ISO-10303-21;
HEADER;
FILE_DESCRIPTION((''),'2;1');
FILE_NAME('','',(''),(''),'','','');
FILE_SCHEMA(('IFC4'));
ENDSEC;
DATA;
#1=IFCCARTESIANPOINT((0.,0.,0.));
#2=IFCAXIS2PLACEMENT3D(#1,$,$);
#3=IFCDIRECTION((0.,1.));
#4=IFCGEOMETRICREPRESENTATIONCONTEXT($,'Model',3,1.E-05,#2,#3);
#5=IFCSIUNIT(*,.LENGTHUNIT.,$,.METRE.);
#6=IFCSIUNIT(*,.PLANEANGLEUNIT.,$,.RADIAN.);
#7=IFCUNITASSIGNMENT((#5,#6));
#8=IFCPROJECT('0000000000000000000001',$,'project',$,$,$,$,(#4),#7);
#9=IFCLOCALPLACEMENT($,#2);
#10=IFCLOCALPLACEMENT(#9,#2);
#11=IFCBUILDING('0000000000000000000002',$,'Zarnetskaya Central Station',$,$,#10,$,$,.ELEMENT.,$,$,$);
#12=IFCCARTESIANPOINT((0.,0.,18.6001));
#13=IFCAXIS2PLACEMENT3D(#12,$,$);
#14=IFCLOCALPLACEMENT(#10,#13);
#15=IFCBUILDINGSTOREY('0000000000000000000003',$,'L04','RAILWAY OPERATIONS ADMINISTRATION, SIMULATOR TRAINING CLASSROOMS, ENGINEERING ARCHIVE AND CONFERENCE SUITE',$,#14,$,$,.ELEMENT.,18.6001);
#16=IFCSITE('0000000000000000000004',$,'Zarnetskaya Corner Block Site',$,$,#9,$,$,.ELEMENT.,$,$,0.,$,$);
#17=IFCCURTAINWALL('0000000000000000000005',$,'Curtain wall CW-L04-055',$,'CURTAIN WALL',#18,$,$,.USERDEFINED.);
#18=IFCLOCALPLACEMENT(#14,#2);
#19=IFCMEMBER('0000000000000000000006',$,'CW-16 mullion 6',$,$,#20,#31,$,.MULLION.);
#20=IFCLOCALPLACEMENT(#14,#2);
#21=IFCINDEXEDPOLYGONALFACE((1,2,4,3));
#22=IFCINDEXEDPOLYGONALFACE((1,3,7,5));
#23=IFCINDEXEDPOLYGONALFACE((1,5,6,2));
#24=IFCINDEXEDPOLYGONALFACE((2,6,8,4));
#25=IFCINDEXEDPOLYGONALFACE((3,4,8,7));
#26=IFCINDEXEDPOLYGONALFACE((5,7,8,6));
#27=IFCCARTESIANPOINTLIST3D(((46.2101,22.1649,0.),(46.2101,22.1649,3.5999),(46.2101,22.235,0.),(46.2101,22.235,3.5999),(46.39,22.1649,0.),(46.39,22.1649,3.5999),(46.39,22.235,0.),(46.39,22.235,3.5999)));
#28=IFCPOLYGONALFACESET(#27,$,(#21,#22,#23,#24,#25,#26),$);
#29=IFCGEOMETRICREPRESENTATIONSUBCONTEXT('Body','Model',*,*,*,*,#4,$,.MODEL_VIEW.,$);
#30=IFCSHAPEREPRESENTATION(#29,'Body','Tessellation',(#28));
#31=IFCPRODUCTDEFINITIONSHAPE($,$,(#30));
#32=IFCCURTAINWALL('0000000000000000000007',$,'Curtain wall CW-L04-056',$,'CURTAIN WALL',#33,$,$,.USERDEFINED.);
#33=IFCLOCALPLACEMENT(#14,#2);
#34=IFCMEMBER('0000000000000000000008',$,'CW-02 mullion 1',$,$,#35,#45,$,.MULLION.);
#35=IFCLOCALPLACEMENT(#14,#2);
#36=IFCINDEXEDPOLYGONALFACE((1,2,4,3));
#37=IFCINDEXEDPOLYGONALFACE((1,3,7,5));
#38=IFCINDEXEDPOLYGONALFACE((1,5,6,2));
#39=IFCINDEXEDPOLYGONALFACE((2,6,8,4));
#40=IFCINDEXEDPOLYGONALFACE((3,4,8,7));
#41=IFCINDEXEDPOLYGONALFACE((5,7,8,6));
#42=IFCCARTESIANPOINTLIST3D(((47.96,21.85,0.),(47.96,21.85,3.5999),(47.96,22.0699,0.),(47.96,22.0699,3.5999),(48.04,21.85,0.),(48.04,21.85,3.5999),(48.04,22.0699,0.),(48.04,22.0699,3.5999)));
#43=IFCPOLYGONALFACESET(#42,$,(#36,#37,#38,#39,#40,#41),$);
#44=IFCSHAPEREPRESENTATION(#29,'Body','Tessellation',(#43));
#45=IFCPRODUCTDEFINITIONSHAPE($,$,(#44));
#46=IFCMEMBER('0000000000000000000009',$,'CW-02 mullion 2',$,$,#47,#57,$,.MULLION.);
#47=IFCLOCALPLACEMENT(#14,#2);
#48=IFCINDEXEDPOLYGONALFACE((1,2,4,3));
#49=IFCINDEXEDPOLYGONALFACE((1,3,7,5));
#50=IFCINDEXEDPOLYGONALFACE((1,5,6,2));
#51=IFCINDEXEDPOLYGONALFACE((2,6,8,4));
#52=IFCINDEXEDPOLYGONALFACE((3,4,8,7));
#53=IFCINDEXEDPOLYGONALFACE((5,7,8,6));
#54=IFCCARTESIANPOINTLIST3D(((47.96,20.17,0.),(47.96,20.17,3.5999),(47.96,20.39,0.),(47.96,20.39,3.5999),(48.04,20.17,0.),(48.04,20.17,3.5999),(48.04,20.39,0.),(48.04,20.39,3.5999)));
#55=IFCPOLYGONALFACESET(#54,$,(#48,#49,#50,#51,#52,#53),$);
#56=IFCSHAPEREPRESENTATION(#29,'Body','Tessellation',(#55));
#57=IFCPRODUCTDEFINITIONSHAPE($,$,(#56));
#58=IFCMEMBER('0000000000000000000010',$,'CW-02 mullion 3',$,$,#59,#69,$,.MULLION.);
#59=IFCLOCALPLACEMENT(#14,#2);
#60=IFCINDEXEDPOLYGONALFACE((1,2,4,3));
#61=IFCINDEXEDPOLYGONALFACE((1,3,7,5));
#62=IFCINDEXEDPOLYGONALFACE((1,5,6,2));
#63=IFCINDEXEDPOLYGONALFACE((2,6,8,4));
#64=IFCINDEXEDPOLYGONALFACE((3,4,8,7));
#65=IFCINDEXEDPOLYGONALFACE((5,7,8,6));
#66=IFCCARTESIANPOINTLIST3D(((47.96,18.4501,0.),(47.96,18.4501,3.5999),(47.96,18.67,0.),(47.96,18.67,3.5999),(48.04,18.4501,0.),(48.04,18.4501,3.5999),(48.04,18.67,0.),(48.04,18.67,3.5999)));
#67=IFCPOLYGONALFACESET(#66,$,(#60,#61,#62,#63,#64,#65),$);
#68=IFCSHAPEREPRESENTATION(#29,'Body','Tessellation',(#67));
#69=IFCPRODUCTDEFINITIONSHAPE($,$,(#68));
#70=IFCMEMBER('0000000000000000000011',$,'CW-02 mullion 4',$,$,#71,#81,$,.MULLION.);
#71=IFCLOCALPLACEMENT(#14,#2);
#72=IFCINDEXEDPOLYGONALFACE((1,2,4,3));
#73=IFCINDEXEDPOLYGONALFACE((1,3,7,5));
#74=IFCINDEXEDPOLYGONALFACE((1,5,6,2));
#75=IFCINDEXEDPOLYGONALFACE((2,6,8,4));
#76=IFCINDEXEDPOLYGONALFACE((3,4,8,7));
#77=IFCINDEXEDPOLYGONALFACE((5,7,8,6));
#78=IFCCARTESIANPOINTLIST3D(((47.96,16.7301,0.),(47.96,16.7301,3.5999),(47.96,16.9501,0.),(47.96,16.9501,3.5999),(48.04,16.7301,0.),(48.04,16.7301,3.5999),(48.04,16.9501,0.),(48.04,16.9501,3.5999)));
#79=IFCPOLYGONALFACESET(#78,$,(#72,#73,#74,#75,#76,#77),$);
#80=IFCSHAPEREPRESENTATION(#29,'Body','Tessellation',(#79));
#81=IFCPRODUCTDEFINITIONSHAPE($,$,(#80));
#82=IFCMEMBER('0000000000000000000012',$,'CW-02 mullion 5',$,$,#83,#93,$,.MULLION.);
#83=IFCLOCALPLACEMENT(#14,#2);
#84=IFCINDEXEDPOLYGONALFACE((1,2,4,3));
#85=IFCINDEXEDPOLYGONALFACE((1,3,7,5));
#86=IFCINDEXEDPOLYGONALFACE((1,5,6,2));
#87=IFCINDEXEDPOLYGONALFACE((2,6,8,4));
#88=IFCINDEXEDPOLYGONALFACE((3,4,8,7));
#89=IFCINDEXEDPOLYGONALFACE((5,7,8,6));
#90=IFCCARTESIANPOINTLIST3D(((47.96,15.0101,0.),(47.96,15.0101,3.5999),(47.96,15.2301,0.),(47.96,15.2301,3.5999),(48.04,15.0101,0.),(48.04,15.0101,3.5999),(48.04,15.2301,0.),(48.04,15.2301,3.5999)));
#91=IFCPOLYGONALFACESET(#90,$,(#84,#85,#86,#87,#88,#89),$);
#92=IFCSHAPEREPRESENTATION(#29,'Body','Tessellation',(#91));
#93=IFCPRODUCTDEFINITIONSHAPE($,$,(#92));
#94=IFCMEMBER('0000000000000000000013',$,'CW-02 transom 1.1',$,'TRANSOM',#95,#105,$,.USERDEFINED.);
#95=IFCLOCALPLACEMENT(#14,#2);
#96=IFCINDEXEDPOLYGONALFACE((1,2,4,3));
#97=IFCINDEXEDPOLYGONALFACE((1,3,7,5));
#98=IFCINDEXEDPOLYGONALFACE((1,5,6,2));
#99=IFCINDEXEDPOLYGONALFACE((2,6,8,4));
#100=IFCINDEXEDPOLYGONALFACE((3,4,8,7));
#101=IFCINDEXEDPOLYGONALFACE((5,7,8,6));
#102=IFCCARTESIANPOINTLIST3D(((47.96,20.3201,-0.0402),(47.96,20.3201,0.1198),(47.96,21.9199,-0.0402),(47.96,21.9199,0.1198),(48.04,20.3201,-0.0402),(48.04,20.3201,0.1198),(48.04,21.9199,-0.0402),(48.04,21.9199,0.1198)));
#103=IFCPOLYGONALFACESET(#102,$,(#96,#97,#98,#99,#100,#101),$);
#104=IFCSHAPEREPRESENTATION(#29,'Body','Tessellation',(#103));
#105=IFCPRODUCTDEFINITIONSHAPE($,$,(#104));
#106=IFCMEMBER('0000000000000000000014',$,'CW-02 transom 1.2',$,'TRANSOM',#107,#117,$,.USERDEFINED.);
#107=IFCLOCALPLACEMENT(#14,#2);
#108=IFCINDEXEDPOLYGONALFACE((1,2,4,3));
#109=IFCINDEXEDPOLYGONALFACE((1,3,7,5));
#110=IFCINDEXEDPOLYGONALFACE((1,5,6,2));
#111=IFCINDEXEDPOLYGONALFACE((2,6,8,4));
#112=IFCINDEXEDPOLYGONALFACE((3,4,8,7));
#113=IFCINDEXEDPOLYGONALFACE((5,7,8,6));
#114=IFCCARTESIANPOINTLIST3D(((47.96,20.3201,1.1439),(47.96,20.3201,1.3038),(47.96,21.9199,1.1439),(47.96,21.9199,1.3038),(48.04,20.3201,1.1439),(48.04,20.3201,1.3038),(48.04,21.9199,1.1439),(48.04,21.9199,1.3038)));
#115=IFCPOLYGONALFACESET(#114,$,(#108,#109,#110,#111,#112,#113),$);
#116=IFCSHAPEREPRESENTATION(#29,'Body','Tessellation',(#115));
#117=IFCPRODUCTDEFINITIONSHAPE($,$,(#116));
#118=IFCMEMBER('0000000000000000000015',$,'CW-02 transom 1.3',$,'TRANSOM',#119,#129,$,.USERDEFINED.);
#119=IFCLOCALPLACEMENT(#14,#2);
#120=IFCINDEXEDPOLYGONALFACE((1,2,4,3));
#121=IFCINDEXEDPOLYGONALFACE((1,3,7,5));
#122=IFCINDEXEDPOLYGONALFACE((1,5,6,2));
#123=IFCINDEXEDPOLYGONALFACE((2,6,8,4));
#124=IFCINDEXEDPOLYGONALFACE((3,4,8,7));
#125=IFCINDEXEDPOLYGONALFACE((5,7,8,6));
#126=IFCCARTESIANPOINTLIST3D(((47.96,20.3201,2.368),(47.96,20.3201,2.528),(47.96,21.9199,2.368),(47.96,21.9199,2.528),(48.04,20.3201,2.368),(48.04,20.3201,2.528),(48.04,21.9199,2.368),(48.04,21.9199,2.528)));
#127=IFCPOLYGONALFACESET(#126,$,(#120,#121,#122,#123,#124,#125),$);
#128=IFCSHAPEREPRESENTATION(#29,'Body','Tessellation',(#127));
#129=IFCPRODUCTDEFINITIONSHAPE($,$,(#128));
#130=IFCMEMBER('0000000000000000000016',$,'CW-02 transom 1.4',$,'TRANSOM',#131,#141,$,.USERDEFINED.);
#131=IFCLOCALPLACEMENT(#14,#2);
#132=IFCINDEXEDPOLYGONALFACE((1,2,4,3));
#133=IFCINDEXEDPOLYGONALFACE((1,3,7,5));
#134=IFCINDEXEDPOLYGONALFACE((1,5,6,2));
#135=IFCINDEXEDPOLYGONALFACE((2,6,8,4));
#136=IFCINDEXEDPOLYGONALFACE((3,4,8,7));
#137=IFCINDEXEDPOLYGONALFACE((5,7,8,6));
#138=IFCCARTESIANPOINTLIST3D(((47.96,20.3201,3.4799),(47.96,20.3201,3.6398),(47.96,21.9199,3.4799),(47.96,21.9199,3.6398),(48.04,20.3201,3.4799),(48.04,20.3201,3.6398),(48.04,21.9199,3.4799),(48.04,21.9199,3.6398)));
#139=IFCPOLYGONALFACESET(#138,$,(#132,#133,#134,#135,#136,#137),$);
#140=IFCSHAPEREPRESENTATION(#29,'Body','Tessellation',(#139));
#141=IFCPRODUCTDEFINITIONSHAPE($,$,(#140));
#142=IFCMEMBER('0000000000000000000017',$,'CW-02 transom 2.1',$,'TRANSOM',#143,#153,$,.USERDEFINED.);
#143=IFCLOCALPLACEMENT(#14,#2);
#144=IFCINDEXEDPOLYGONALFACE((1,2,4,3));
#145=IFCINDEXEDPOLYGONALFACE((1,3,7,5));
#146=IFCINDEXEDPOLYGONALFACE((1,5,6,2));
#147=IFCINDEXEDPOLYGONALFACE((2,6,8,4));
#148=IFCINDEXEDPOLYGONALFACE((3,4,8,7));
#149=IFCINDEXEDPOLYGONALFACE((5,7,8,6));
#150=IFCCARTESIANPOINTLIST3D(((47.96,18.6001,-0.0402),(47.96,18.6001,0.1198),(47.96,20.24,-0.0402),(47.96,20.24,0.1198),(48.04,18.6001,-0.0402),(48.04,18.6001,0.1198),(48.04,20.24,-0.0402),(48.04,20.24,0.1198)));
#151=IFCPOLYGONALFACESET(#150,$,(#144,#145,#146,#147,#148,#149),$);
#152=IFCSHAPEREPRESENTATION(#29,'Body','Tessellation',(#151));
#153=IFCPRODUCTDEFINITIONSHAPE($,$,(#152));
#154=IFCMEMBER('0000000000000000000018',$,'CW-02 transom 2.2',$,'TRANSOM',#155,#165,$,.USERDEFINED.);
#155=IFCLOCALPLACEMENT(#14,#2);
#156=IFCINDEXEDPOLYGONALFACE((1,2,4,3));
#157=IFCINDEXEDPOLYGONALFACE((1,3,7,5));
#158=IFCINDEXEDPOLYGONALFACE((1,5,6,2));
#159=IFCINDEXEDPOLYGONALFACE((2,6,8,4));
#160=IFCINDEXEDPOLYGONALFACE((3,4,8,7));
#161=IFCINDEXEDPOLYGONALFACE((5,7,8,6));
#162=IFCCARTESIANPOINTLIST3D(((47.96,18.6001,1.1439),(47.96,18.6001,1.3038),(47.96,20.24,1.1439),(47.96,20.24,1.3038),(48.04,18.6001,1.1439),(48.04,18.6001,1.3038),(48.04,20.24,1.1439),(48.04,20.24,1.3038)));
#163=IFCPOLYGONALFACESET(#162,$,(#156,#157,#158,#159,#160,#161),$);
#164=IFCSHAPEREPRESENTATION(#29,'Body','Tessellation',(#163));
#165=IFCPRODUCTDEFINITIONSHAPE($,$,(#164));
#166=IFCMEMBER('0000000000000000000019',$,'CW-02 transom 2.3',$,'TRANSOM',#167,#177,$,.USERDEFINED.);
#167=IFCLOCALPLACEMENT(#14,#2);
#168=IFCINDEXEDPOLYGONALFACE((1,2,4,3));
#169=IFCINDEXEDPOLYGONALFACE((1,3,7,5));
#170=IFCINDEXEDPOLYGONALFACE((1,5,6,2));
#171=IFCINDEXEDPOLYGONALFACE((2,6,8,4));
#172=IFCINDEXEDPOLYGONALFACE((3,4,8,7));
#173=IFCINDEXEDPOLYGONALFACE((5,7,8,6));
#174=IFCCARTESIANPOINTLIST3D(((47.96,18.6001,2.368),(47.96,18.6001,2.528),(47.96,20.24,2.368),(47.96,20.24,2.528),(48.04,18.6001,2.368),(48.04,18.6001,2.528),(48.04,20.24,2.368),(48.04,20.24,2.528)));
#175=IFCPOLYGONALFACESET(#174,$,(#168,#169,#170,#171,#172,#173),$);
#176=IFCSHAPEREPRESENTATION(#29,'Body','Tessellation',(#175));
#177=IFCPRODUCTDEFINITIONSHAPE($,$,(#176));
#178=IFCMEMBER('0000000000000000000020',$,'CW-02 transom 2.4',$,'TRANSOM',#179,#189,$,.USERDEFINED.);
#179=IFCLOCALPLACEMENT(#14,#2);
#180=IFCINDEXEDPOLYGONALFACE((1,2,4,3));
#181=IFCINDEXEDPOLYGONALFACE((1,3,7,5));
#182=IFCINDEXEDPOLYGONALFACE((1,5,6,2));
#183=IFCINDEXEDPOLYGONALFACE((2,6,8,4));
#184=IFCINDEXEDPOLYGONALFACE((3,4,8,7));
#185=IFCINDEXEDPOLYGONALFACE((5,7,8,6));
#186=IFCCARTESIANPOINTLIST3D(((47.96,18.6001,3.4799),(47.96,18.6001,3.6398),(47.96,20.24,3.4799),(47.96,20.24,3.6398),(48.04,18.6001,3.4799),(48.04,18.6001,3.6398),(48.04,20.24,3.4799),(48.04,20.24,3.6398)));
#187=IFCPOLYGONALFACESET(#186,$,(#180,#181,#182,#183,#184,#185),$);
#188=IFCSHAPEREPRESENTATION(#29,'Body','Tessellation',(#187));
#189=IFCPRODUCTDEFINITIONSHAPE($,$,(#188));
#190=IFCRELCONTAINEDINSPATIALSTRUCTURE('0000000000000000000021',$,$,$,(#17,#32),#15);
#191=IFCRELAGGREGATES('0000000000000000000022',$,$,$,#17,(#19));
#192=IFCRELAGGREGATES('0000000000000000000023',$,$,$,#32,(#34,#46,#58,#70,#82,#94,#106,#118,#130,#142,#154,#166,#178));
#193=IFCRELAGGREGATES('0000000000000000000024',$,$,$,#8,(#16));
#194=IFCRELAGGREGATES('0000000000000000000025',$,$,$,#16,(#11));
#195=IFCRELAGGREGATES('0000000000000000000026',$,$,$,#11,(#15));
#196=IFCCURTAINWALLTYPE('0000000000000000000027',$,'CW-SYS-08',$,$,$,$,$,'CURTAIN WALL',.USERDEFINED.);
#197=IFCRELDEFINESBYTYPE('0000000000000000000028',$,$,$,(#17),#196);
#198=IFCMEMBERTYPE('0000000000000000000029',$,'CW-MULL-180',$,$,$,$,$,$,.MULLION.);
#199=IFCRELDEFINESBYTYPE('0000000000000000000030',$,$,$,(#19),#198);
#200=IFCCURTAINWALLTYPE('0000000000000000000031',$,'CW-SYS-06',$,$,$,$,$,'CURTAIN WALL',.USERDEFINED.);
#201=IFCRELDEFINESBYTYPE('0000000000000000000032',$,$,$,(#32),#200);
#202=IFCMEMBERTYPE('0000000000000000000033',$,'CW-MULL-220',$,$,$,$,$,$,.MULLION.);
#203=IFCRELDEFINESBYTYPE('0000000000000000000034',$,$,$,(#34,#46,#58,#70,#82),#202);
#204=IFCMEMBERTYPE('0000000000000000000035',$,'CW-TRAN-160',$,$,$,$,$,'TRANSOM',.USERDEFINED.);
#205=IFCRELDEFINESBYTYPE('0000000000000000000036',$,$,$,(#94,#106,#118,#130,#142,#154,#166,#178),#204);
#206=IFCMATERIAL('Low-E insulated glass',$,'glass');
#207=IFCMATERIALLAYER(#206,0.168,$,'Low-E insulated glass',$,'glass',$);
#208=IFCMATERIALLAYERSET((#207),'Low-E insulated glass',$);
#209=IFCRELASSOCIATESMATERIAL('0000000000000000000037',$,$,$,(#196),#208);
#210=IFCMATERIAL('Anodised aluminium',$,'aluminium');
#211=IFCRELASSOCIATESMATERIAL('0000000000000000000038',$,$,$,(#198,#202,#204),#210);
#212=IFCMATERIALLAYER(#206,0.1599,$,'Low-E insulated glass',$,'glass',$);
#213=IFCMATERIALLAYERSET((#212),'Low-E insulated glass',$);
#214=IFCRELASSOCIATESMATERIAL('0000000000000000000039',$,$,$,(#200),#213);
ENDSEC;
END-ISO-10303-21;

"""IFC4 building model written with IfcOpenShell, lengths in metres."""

from ifc_helpers import new_model, si_unit, direction, frame, origin, origin_2d, place, context, subcontext, project, spatial, rectangle, extrude, material, layer, layer_set, material_profile, profile_set, type_object, element, aggregate, save


model = new_model("IFC4")

# Units and contexts
model_context = context("Model", 3, precision=1e-05, world=origin(), true_north=direction((0.0, 1.0)))
body_context = subcontext(model_context, "Body", "Model", "MODEL_VIEW")
ifc_project = project(units=[si_unit("LENGTHUNIT", "METRE"), si_unit("PLANEANGLEUNIT", "RADIAN")], contexts=[model_context])

# Site, building, storey
site_placement = place(None, origin())
site = spatial("IfcSite", under=ifc_project, at=site_placement, Name="Zarnetskaya Corner Block Site", CompositionType="ELEMENT", RefElevation=0.0)
building_placement = place(site_placement, origin())
building = spatial("IfcBuilding", under=site, at=building_placement, Name="Zarnetskaya Central Station", CompositionType="ELEMENT")
storey_placement = place(building_placement, frame((0.0, 0.0, 18.6001)))
storey = spatial("IfcBuildingStorey", under=building, at=storey_placement, Name="L04", Description="RAILWAY OPERATIONS ADMINISTRATION, SIMULATOR TRAINING CLASSROOMS, ENGINEERING ARCHIVE AND CONFERENCE SUITE", CompositionType="ELEMENT", Elevation=18.6001)

# Curtain wall, member
ifc_material_1 = material(Name="Low-E insulated glass", Category="glass")
ifc_layer_1 = layer(ifc_material_1, 0.168, Name="Low-E insulated glass", Category="glass")
ifc_layer_set_1 = layer_set([ifc_layer_1], Name="Low-E insulated glass")
curtain_wall_type_1 = type_object("IfcCurtainWallType", Name="CW-SYS-08", ElementType="CURTAIN WALL", PredefinedType="USERDEFINED", material=ifc_layer_set_1)
curtain_wall_1_placement = place(storey_placement, origin())
curtain_wall_1 = element("IfcCurtainWall", 1, at=curtain_wall_1_placement, inside=storey, type_object=curtain_wall_type_1, Name="Curtain wall CW-L04-055", ObjectType="CURTAIN WALL", PredefinedType="USERDEFINED")
ifc_material_2 = material(Name="Anodised aluminium", Category="aluminium")
ifc_material_profile_1 = material_profile(ifc_material_2, rectangle(XDim=0.0701, YDim=0.1799, at=origin_2d()), Name="ALU MULL 70x180")
ifc_profile_set_1 = profile_set([ifc_material_profile_1], Name="Anodised aluminium")
member_type_1 = type_object("IfcMemberType", Name="CW-MULL-180", PredefinedType="MULLION", material=ifc_profile_set_1)
member_1_placement = place(storey_placement, frame((46.3, 22.2, 0.0), z_axis=(0.0, 0.0, 1.0), x_axis=(0.0, 1.0, 0.0)))
member_1 = element("IfcMember", 2, at=member_1_placement, type_object=member_type_1, Name="CW-16 mullion 6", PredefinedType="MULLION", context=body_context, shape_type="SweptSolid", body=[
    extrude(rectangle(XDim=0.0701, YDim=0.1799, at=origin_2d()), origin(), (0.0, 0.0, 1.0), 3.5999),
])

# Curtain wall, members
ifc_layer_2 = layer(ifc_material_1, 0.1599, Name="Low-E insulated glass", Category="glass")
ifc_layer_set_2 = layer_set([ifc_layer_2], Name="Low-E insulated glass")
curtain_wall_type_2 = type_object("IfcCurtainWallType", Name="CW-SYS-06", ElementType="CURTAIN WALL", PredefinedType="USERDEFINED", material=ifc_layer_set_2)
curtain_wall_2_placement = place(storey_placement, origin())
curtain_wall_2 = element("IfcCurtainWall", 3, at=curtain_wall_2_placement, inside=storey, type_object=curtain_wall_type_2, Name="Curtain wall CW-L04-056", ObjectType="CURTAIN WALL", PredefinedType="USERDEFINED")
ifc_material_profile_2 = material_profile(ifc_material_2, rectangle(XDim=0.0801, YDim=0.22, at=origin_2d()), Name="ALU MULL 80x220")
ifc_profile_set_2 = profile_set([ifc_material_profile_2], Name="Anodised aluminium")
member_type_2 = type_object("IfcMemberType", Name="CW-MULL-220", PredefinedType="MULLION", material=ifc_profile_set_2)
member_2_placement = place(storey_placement, frame((48.0, 21.96, 0.0), z_axis=(0.0, 0.0, 1.0), x_axis=(1.0, 0.0, 0.0)))
member_2 = element("IfcMember", 4, at=member_2_placement, type_object=member_type_2, Name="CW-02 mullion 1", PredefinedType="MULLION", context=body_context, shape_type="SweptSolid", body=[
    extrude(rectangle(XDim=0.0801, YDim=0.22, at=origin_2d()), origin(), (0.0, 0.0, 1.0), 3.5999),
])
member_3_placement = place(storey_placement, frame((48.0, 20.28, 0.0), z_axis=(0.0, 0.0, 1.0), x_axis=(1.0, 0.0, 0.0)))
member_3 = element("IfcMember", 5, at=member_3_placement, type_object=member_type_2, Name="CW-02 mullion 2", PredefinedType="MULLION", context=body_context, shape_type="SweptSolid", body=[
    extrude(rectangle(XDim=0.0801, YDim=0.22, at=origin_2d()), origin(), (0.0, 0.0, 1.0), 3.5999),
])
member_4_placement = place(storey_placement, frame((48.0, 18.5601, 0.0), z_axis=(0.0, 0.0, 1.0), x_axis=(1.0, 0.0, 0.0)))
member_4 = element("IfcMember", 6, at=member_4_placement, type_object=member_type_2, Name="CW-02 mullion 3", PredefinedType="MULLION", context=body_context, shape_type="SweptSolid", body=[
    extrude(rectangle(XDim=0.0801, YDim=0.22, at=origin_2d()), origin(), (0.0, 0.0, 1.0), 3.5999),
])
member_5_placement = place(storey_placement, frame((48.0, 16.8401, 0.0), z_axis=(0.0, 0.0, 1.0), x_axis=(1.0, 0.0, 0.0)))
member_5 = element("IfcMember", 7, at=member_5_placement, type_object=member_type_2, Name="CW-02 mullion 4", PredefinedType="MULLION", context=body_context, shape_type="SweptSolid", body=[
    extrude(rectangle(XDim=0.0801, YDim=0.22, at=origin_2d()), origin(), (0.0, 0.0, 1.0), 3.5999),
])
member_6_placement = place(storey_placement, frame((48.0, 15.1201, 0.0), z_axis=(0.0, 0.0, 1.0), x_axis=(1.0, 0.0, 0.0)))
member_6 = element("IfcMember", 8, at=member_6_placement, type_object=member_type_2, Name="CW-02 mullion 5", PredefinedType="MULLION", context=body_context, shape_type="SweptSolid", body=[
    extrude(rectangle(XDim=0.0801, YDim=0.22, at=origin_2d()), origin(), (0.0, 0.0, 1.0), 3.5999),
])
ifc_material_profile_3 = material_profile(ifc_material_2, rectangle(XDim=0.0801, YDim=0.1599, at=origin_2d()), Name="ALU TRAN 80x160")
ifc_profile_set_3 = profile_set([ifc_material_profile_3], Name="Anodised aluminium")
member_type_3 = type_object("IfcMemberType", Name="CW-TRAN-160", ElementType="TRANSOM", PredefinedType="USERDEFINED", material=ifc_profile_set_3)
member_7_placement = place(storey_placement, frame((48.0, 21.9199, 0.0398), z_axis=(0.0, -1.0, 0.0), x_axis=(1.0, 0.0, 0.0)))
member_7 = element("IfcMember", 9, at=member_7_placement, type_object=member_type_3, Name="CW-02 transom 1.1", ObjectType="TRANSOM", PredefinedType="USERDEFINED", context=body_context, shape_type="SweptSolid", body=[
    extrude(rectangle(XDim=0.0801, YDim=0.1599, at=origin_2d()), origin(), (0.0, 0.0, 1.0), 1.5999),
])
member_8_placement = place(storey_placement, frame((48.0, 21.9199, 1.2239), z_axis=(0.0, -1.0, 0.0), x_axis=(1.0, 0.0, 0.0)))
member_8 = element("IfcMember", 10, at=member_8_placement, type_object=member_type_3, Name="CW-02 transom 1.2", ObjectType="TRANSOM", PredefinedType="USERDEFINED", context=body_context, shape_type="SweptSolid", body=[
    extrude(rectangle(XDim=0.0801, YDim=0.1599, at=origin_2d()), origin(), (0.0, 0.0, 1.0), 1.5999),
])
member_9_placement = place(storey_placement, frame((48.0, 21.9199, 2.448), z_axis=(0.0, -1.0, 0.0), x_axis=(1.0, 0.0, 0.0)))
member_9 = element("IfcMember", 11, at=member_9_placement, type_object=member_type_3, Name="CW-02 transom 1.3", ObjectType="TRANSOM", PredefinedType="USERDEFINED", context=body_context, shape_type="SweptSolid", body=[
    extrude(rectangle(XDim=0.0801, YDim=0.1599, at=origin_2d()), origin(), (0.0, 0.0, 1.0), 1.5999),
])
member_10_placement = place(storey_placement, frame((48.0, 21.9199, 3.5598), z_axis=(0.0, -1.0, 0.0), x_axis=(1.0, 0.0, 0.0)))
member_10 = element("IfcMember", 12, at=member_10_placement, type_object=member_type_3, Name="CW-02 transom 1.4", ObjectType="TRANSOM", PredefinedType="USERDEFINED", context=body_context, shape_type="SweptSolid", body=[
    extrude(rectangle(XDim=0.0801, YDim=0.1599, at=origin_2d()), origin(), (0.0, 0.0, 1.0), 1.5999),
])
member_11_placement = place(storey_placement, frame((48.0, 20.24, 0.0398), z_axis=(0.0, -1.0, 0.0), x_axis=(1.0, 0.0, 0.0)))
member_11 = element("IfcMember", 13, at=member_11_placement, type_object=member_type_3, Name="CW-02 transom 2.1", ObjectType="TRANSOM", PredefinedType="USERDEFINED", context=body_context, shape_type="SweptSolid", body=[
    extrude(rectangle(XDim=0.0801, YDim=0.1599, at=origin_2d()), origin(), (0.0, 0.0, 1.0), 1.6399),
])
member_12_placement = place(storey_placement, frame((48.0, 20.24, 1.2239), z_axis=(0.0, -1.0, 0.0), x_axis=(1.0, 0.0, 0.0)))
member_12 = element("IfcMember", 14, at=member_12_placement, type_object=member_type_3, Name="CW-02 transom 2.2", ObjectType="TRANSOM", PredefinedType="USERDEFINED", context=body_context, shape_type="SweptSolid", body=[
    extrude(rectangle(XDim=0.0801, YDim=0.1599, at=origin_2d()), origin(), (0.0, 0.0, 1.0), 1.6399),
])
member_13_placement = place(storey_placement, frame((48.0, 20.24, 2.448), z_axis=(0.0, -1.0, 0.0), x_axis=(1.0, 0.0, 0.0)))
member_13 = element("IfcMember", 15, at=member_13_placement, type_object=member_type_3, Name="CW-02 transom 2.3", ObjectType="TRANSOM", PredefinedType="USERDEFINED", context=body_context, shape_type="SweptSolid", body=[
    extrude(rectangle(XDim=0.0801, YDim=0.1599, at=origin_2d()), origin(), (0.0, 0.0, 1.0), 1.6399),
])
member_14_placement = place(storey_placement, frame((48.0, 20.24, 3.5598), z_axis=(0.0, -1.0, 0.0), x_axis=(1.0, 0.0, 0.0)))
member_14 = element("IfcMember", 16, at=member_14_placement, type_object=member_type_3, Name="CW-02 transom 2.4", ObjectType="TRANSOM", PredefinedType="USERDEFINED", context=body_context, shape_type="SweptSolid", body=[
    extrude(rectangle(XDim=0.0801, YDim=0.1599, at=origin_2d()), origin(), (0.0, 0.0, 1.0), 1.6399),
])

aggregate(curtain_wall_1, [member_1])
aggregate(curtain_wall_2, [member_2, member_3, member_4, member_5, member_6, member_7, member_8, member_9, member_10, member_11, member_12, member_13, member_14])

save(model, "model.ifc")
